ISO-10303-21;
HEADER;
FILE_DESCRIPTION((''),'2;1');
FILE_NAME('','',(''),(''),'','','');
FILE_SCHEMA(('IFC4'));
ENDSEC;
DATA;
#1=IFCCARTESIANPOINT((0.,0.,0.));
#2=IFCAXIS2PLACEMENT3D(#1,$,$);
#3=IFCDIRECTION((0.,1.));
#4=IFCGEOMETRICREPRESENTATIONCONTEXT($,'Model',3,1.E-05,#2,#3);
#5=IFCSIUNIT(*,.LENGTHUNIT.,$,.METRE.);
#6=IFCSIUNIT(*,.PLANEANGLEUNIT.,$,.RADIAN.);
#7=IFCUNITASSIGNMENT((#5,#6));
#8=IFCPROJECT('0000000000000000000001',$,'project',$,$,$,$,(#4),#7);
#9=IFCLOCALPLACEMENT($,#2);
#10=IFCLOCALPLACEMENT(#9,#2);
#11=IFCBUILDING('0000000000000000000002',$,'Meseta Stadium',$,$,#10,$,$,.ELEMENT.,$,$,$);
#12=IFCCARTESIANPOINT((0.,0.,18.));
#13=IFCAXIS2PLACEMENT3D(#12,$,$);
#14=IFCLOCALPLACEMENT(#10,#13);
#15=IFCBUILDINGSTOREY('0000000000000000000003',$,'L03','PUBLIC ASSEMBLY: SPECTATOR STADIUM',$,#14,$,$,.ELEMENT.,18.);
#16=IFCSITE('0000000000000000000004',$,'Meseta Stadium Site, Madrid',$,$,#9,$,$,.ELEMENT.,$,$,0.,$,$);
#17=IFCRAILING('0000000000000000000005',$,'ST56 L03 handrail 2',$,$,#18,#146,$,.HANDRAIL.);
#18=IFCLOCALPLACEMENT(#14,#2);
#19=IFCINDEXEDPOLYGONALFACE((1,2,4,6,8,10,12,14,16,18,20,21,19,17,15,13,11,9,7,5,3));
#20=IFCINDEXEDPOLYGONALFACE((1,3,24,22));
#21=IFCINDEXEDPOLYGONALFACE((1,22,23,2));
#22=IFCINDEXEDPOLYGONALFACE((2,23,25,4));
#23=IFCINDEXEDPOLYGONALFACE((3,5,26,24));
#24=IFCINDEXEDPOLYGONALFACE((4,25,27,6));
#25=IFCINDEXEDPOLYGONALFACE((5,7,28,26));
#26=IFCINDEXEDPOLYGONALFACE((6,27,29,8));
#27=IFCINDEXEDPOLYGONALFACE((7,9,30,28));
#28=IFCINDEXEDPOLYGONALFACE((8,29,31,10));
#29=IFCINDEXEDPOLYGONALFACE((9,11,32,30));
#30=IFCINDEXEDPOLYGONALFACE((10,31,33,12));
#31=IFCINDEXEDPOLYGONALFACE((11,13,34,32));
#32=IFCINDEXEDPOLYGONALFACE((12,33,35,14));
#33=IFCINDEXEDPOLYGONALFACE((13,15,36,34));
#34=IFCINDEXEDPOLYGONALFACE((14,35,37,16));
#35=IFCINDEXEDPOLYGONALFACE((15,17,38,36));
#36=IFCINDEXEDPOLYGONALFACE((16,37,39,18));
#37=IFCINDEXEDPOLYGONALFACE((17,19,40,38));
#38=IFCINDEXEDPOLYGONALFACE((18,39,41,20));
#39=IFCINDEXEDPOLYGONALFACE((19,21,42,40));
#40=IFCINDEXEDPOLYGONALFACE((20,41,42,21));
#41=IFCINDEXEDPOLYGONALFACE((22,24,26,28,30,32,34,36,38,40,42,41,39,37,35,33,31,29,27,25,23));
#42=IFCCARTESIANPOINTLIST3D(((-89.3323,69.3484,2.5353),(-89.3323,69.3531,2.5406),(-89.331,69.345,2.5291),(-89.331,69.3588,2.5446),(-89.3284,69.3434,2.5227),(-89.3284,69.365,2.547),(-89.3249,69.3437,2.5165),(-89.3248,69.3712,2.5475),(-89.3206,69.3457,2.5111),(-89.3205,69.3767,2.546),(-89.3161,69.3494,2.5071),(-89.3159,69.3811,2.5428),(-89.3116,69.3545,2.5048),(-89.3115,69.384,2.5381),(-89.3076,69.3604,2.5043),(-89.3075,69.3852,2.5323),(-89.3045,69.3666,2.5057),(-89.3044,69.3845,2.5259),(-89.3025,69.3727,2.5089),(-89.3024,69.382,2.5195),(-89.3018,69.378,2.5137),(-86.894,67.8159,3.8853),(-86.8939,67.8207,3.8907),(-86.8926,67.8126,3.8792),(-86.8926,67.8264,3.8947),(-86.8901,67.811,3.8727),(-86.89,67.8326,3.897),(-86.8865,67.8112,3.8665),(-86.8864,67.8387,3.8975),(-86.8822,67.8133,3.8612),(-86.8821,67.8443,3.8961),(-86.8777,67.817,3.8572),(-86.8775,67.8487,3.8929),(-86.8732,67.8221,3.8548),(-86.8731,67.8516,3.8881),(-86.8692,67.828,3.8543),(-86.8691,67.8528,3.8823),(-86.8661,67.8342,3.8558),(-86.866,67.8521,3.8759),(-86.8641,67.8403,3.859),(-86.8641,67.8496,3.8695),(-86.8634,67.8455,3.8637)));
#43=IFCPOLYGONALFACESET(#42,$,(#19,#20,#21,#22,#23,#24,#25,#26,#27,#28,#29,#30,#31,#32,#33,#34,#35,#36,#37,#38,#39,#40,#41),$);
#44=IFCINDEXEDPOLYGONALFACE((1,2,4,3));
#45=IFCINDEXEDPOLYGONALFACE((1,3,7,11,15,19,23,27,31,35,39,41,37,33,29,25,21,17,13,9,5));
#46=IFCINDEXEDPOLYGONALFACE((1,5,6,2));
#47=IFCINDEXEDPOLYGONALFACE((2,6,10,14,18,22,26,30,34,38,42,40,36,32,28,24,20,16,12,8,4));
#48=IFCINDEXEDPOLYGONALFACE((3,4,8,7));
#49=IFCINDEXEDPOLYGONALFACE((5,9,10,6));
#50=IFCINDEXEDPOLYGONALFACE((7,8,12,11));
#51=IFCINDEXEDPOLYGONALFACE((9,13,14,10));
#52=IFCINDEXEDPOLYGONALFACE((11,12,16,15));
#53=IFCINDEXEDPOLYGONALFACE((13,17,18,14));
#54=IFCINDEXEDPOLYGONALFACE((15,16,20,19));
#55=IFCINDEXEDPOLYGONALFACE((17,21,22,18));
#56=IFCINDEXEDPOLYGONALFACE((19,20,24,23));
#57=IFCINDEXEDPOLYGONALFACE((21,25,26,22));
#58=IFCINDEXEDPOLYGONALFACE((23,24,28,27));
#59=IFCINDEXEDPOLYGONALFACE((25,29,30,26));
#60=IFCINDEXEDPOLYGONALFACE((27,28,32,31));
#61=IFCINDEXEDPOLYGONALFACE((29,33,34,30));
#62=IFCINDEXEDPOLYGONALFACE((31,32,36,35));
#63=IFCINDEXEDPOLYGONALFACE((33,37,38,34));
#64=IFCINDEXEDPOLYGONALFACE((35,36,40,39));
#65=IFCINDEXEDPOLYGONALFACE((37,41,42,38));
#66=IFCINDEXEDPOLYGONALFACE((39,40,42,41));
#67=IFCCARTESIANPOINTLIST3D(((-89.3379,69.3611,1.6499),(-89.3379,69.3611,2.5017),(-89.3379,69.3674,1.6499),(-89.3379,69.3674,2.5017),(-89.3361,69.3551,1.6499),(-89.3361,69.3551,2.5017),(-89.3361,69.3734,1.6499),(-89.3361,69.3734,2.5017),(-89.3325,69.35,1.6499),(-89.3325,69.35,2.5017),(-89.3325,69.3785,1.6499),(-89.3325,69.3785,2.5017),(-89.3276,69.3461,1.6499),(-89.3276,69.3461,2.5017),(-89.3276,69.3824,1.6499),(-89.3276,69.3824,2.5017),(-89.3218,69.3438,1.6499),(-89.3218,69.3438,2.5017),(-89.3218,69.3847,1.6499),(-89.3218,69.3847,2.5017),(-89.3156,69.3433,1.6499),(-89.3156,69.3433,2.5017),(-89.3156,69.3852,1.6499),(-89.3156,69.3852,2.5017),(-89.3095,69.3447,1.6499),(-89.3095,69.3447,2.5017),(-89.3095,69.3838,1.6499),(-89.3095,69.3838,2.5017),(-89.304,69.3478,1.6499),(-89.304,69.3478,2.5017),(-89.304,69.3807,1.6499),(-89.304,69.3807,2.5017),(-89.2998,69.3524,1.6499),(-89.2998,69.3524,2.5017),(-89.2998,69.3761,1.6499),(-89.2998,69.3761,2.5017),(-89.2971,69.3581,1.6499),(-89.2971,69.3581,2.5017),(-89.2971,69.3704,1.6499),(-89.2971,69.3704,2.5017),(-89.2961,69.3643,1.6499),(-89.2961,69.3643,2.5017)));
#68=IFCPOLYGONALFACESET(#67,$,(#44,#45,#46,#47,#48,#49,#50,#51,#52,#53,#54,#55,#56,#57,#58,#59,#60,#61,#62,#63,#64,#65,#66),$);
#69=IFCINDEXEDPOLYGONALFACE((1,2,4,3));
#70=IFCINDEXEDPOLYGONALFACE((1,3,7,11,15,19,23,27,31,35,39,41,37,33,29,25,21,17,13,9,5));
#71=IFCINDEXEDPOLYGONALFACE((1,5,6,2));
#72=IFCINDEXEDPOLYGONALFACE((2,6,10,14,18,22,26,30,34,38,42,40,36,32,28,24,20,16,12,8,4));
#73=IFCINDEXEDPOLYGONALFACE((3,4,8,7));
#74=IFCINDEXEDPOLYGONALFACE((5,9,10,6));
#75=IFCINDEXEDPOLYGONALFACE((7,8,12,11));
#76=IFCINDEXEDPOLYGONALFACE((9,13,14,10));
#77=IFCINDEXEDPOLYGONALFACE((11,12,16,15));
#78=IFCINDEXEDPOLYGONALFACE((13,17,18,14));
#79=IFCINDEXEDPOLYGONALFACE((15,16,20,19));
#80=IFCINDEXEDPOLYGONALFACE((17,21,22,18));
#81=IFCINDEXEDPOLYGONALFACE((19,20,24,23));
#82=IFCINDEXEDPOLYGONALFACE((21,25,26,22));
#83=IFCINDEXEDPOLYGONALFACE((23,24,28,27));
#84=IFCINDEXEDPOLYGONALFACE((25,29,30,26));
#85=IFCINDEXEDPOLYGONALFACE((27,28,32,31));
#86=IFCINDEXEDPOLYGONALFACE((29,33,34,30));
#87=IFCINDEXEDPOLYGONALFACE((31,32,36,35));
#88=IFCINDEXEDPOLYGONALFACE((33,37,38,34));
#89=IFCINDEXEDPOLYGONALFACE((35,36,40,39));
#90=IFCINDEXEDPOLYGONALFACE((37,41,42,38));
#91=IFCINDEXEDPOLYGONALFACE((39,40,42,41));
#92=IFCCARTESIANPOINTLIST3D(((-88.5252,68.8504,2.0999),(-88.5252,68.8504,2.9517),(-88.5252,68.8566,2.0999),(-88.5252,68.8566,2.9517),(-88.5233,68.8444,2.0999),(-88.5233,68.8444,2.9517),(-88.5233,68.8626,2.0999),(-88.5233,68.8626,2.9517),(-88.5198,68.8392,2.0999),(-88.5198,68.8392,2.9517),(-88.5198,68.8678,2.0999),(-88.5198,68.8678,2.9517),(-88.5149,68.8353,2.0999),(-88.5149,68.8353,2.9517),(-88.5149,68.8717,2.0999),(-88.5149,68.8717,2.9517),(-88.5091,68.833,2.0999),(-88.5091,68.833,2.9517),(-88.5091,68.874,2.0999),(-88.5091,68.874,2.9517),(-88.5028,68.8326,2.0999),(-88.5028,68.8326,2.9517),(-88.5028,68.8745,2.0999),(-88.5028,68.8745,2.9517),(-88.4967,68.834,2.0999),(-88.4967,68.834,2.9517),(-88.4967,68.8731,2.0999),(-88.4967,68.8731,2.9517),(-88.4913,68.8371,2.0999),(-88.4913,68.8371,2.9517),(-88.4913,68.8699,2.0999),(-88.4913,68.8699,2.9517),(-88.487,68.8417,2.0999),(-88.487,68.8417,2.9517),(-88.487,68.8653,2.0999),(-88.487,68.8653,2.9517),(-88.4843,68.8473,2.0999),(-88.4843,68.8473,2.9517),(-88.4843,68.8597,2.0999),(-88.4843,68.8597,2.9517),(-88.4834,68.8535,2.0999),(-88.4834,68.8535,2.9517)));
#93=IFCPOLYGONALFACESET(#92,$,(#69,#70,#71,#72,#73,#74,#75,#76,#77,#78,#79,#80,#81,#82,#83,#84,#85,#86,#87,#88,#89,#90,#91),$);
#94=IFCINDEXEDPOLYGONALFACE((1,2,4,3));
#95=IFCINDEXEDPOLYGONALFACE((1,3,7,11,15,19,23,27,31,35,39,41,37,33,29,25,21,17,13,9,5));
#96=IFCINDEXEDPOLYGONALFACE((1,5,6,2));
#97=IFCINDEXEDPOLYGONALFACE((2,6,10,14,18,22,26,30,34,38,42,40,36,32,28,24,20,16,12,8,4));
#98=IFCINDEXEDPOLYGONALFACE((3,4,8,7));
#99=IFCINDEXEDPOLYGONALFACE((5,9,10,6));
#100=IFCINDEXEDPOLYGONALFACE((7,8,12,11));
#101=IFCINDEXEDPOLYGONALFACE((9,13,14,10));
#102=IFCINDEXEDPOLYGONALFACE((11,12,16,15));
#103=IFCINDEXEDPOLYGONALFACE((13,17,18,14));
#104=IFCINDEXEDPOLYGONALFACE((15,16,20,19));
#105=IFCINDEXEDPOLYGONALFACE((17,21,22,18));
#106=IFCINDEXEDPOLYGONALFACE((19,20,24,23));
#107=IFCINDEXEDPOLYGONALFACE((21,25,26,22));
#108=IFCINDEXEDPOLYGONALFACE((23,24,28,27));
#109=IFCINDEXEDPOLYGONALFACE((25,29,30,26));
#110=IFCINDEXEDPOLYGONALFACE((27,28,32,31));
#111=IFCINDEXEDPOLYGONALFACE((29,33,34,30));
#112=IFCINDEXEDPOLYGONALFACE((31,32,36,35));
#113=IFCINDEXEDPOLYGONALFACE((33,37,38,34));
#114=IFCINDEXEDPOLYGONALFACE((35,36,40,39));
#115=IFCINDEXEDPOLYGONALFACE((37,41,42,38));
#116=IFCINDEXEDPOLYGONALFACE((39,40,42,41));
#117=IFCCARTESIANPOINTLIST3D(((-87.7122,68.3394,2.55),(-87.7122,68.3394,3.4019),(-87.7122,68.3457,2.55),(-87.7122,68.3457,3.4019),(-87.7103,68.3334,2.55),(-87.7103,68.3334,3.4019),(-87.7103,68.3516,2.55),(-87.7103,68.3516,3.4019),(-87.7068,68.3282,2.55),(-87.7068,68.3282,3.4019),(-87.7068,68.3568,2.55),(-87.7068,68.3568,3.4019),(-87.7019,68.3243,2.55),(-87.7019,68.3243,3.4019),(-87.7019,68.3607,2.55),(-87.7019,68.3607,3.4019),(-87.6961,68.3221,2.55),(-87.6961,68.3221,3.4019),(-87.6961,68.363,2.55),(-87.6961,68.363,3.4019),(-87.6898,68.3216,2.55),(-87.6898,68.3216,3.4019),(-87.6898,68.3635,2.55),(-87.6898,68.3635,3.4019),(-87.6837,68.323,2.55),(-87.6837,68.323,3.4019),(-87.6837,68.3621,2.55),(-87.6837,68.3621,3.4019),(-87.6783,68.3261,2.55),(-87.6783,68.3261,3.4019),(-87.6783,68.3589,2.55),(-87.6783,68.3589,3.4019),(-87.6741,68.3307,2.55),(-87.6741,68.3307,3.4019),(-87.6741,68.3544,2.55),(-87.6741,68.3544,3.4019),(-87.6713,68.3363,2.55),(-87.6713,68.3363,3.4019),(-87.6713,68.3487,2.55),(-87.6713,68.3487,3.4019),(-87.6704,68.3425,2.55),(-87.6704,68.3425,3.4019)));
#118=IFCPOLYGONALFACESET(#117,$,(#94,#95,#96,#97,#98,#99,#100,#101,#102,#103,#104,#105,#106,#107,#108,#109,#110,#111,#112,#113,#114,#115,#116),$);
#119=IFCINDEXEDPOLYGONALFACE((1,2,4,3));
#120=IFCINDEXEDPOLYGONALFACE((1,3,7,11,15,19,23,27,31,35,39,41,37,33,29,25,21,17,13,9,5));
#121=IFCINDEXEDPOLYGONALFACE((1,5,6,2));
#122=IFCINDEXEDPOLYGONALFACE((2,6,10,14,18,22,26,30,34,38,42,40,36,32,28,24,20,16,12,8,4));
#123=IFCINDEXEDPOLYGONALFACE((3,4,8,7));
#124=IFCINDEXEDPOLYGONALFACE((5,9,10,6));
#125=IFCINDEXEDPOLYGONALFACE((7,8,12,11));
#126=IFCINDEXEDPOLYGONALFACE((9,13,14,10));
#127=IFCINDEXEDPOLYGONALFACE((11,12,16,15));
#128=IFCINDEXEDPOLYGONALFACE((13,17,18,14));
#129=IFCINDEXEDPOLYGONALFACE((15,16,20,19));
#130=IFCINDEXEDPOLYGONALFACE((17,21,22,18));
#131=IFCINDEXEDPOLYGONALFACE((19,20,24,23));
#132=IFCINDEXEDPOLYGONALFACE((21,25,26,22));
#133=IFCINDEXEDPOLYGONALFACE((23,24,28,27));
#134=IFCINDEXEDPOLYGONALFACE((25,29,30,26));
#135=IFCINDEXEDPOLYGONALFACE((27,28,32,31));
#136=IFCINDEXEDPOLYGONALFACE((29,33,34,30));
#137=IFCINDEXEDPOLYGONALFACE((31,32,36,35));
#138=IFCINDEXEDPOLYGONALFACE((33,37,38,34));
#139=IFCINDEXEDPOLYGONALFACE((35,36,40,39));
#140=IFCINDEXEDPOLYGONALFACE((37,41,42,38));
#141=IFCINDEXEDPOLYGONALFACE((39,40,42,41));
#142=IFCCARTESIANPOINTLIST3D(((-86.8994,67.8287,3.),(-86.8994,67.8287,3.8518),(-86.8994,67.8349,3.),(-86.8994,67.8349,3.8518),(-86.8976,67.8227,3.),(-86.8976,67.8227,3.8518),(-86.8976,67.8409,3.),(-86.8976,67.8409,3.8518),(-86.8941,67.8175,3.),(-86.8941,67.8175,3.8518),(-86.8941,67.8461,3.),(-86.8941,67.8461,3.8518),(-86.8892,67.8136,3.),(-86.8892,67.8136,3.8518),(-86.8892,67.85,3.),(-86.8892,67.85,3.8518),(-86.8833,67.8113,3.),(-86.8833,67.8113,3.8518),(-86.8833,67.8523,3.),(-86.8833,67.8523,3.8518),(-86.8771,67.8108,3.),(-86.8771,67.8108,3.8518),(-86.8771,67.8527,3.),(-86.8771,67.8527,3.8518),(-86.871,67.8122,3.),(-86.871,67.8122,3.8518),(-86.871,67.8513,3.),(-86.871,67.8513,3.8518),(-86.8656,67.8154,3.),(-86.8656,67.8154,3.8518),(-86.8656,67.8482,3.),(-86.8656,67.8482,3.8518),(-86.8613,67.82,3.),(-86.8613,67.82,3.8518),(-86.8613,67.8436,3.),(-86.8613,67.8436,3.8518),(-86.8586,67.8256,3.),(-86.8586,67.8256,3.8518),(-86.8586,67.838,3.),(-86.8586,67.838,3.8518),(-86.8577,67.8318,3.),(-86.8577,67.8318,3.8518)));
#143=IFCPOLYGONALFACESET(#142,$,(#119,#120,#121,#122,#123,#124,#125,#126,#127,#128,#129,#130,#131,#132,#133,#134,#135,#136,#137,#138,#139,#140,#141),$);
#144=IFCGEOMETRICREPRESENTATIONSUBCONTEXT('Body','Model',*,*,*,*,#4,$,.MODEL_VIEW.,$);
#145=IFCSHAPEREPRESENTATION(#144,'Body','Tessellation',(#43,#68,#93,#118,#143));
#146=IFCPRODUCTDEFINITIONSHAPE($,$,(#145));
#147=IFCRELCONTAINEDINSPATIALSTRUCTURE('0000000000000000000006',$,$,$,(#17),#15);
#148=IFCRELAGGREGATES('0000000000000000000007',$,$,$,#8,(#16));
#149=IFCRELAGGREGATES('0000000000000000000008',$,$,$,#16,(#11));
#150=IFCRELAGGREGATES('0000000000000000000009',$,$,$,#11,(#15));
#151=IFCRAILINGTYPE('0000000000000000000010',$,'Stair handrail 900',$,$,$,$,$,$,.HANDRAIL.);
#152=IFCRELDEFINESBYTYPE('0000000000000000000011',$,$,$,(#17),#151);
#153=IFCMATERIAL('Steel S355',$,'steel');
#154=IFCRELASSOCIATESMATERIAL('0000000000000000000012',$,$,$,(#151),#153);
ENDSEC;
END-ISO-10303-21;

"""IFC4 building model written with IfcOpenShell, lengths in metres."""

from ifc_helpers import new_model, si_unit, direction, frame, origin, origin_2d, place, context, subcontext, project, spatial, circle, extrude, material, type_object, element, save


model = new_model("IFC4")

# Units and contexts
model_context = context("Model", 3, precision=1e-05, world=origin(), true_north=direction((0.0, 1.0)))
body_context = subcontext(model_context, "Body", "Model", "MODEL_VIEW")
ifc_project = project(units=[si_unit("LENGTHUNIT", "METRE"), si_unit("PLANEANGLEUNIT", "RADIAN")], contexts=[model_context])

# Site, building, storey
site_placement = place(None, origin())
site = spatial("IfcSite", under=ifc_project, at=site_placement, Name="Meseta Stadium Site, Madrid", CompositionType="ELEMENT", RefElevation=0.0)
building_placement = place(site_placement, origin())
building = spatial("IfcBuilding", under=site, at=building_placement, Name="Meseta Stadium", CompositionType="ELEMENT")
storey_placement = place(building_placement, frame((0.0, 0.0, 18.0)))
storey = spatial("IfcBuildingStorey", under=building, at=storey_placement, Name="L03", Description="PUBLIC ASSEMBLY: SPECTATOR STADIUM", CompositionType="ELEMENT", Elevation=18.0)

# Railing
ifc_material_1 = material(Name="Steel S355", Category="steel")
railing_type_1 = type_object("IfcRailingType", Name="Stair handrail 900", PredefinedType="HANDRAIL", material=ifc_material_1)
for number, where, name in (
    (1, (-89.3171, 69.3643, 1.6499), "ST56 L03 handrail 2"),
):
    element("IfcRailing", number, at=place(storey_placement, frame(where)), inside=storey, type_object=railing_type_1, Name=name, PredefinedType="HANDRAIL", context=body_context, shape_type="SweptSolid", body=[
        extrude(circle(Radius=0.0239, at=origin_2d()), frame((0.0, 0.0, 0.876), z_axis=(0.766627, -0.48179, 0.424454), x_axis=(0.5321, 0.846681, 0.0)), (0.0, 0.0, 1.0), 3.1807),
        extrude(circle(Radius=0.021, at=origin_2d()), origin(), (0.0, 0.0, 1.0), 0.8518),
        extrude(circle(Radius=0.021, at=origin_2d()), frame((0.8127, -0.5107, 0.45)), (0.0, 0.0, 1.0), 0.8518),
        extrude(circle(Radius=0.021, at=origin_2d()), frame((1.6257, -1.0217, 0.9001)), (0.0, 0.0, 1.0), 0.8518),
        extrude(circle(Radius=0.021, at=origin_2d()), frame((2.4385, -1.5325, 1.3501)), (0.0, 0.0, 1.0), 0.8518),
    ])

save(model, "model.ifc")
